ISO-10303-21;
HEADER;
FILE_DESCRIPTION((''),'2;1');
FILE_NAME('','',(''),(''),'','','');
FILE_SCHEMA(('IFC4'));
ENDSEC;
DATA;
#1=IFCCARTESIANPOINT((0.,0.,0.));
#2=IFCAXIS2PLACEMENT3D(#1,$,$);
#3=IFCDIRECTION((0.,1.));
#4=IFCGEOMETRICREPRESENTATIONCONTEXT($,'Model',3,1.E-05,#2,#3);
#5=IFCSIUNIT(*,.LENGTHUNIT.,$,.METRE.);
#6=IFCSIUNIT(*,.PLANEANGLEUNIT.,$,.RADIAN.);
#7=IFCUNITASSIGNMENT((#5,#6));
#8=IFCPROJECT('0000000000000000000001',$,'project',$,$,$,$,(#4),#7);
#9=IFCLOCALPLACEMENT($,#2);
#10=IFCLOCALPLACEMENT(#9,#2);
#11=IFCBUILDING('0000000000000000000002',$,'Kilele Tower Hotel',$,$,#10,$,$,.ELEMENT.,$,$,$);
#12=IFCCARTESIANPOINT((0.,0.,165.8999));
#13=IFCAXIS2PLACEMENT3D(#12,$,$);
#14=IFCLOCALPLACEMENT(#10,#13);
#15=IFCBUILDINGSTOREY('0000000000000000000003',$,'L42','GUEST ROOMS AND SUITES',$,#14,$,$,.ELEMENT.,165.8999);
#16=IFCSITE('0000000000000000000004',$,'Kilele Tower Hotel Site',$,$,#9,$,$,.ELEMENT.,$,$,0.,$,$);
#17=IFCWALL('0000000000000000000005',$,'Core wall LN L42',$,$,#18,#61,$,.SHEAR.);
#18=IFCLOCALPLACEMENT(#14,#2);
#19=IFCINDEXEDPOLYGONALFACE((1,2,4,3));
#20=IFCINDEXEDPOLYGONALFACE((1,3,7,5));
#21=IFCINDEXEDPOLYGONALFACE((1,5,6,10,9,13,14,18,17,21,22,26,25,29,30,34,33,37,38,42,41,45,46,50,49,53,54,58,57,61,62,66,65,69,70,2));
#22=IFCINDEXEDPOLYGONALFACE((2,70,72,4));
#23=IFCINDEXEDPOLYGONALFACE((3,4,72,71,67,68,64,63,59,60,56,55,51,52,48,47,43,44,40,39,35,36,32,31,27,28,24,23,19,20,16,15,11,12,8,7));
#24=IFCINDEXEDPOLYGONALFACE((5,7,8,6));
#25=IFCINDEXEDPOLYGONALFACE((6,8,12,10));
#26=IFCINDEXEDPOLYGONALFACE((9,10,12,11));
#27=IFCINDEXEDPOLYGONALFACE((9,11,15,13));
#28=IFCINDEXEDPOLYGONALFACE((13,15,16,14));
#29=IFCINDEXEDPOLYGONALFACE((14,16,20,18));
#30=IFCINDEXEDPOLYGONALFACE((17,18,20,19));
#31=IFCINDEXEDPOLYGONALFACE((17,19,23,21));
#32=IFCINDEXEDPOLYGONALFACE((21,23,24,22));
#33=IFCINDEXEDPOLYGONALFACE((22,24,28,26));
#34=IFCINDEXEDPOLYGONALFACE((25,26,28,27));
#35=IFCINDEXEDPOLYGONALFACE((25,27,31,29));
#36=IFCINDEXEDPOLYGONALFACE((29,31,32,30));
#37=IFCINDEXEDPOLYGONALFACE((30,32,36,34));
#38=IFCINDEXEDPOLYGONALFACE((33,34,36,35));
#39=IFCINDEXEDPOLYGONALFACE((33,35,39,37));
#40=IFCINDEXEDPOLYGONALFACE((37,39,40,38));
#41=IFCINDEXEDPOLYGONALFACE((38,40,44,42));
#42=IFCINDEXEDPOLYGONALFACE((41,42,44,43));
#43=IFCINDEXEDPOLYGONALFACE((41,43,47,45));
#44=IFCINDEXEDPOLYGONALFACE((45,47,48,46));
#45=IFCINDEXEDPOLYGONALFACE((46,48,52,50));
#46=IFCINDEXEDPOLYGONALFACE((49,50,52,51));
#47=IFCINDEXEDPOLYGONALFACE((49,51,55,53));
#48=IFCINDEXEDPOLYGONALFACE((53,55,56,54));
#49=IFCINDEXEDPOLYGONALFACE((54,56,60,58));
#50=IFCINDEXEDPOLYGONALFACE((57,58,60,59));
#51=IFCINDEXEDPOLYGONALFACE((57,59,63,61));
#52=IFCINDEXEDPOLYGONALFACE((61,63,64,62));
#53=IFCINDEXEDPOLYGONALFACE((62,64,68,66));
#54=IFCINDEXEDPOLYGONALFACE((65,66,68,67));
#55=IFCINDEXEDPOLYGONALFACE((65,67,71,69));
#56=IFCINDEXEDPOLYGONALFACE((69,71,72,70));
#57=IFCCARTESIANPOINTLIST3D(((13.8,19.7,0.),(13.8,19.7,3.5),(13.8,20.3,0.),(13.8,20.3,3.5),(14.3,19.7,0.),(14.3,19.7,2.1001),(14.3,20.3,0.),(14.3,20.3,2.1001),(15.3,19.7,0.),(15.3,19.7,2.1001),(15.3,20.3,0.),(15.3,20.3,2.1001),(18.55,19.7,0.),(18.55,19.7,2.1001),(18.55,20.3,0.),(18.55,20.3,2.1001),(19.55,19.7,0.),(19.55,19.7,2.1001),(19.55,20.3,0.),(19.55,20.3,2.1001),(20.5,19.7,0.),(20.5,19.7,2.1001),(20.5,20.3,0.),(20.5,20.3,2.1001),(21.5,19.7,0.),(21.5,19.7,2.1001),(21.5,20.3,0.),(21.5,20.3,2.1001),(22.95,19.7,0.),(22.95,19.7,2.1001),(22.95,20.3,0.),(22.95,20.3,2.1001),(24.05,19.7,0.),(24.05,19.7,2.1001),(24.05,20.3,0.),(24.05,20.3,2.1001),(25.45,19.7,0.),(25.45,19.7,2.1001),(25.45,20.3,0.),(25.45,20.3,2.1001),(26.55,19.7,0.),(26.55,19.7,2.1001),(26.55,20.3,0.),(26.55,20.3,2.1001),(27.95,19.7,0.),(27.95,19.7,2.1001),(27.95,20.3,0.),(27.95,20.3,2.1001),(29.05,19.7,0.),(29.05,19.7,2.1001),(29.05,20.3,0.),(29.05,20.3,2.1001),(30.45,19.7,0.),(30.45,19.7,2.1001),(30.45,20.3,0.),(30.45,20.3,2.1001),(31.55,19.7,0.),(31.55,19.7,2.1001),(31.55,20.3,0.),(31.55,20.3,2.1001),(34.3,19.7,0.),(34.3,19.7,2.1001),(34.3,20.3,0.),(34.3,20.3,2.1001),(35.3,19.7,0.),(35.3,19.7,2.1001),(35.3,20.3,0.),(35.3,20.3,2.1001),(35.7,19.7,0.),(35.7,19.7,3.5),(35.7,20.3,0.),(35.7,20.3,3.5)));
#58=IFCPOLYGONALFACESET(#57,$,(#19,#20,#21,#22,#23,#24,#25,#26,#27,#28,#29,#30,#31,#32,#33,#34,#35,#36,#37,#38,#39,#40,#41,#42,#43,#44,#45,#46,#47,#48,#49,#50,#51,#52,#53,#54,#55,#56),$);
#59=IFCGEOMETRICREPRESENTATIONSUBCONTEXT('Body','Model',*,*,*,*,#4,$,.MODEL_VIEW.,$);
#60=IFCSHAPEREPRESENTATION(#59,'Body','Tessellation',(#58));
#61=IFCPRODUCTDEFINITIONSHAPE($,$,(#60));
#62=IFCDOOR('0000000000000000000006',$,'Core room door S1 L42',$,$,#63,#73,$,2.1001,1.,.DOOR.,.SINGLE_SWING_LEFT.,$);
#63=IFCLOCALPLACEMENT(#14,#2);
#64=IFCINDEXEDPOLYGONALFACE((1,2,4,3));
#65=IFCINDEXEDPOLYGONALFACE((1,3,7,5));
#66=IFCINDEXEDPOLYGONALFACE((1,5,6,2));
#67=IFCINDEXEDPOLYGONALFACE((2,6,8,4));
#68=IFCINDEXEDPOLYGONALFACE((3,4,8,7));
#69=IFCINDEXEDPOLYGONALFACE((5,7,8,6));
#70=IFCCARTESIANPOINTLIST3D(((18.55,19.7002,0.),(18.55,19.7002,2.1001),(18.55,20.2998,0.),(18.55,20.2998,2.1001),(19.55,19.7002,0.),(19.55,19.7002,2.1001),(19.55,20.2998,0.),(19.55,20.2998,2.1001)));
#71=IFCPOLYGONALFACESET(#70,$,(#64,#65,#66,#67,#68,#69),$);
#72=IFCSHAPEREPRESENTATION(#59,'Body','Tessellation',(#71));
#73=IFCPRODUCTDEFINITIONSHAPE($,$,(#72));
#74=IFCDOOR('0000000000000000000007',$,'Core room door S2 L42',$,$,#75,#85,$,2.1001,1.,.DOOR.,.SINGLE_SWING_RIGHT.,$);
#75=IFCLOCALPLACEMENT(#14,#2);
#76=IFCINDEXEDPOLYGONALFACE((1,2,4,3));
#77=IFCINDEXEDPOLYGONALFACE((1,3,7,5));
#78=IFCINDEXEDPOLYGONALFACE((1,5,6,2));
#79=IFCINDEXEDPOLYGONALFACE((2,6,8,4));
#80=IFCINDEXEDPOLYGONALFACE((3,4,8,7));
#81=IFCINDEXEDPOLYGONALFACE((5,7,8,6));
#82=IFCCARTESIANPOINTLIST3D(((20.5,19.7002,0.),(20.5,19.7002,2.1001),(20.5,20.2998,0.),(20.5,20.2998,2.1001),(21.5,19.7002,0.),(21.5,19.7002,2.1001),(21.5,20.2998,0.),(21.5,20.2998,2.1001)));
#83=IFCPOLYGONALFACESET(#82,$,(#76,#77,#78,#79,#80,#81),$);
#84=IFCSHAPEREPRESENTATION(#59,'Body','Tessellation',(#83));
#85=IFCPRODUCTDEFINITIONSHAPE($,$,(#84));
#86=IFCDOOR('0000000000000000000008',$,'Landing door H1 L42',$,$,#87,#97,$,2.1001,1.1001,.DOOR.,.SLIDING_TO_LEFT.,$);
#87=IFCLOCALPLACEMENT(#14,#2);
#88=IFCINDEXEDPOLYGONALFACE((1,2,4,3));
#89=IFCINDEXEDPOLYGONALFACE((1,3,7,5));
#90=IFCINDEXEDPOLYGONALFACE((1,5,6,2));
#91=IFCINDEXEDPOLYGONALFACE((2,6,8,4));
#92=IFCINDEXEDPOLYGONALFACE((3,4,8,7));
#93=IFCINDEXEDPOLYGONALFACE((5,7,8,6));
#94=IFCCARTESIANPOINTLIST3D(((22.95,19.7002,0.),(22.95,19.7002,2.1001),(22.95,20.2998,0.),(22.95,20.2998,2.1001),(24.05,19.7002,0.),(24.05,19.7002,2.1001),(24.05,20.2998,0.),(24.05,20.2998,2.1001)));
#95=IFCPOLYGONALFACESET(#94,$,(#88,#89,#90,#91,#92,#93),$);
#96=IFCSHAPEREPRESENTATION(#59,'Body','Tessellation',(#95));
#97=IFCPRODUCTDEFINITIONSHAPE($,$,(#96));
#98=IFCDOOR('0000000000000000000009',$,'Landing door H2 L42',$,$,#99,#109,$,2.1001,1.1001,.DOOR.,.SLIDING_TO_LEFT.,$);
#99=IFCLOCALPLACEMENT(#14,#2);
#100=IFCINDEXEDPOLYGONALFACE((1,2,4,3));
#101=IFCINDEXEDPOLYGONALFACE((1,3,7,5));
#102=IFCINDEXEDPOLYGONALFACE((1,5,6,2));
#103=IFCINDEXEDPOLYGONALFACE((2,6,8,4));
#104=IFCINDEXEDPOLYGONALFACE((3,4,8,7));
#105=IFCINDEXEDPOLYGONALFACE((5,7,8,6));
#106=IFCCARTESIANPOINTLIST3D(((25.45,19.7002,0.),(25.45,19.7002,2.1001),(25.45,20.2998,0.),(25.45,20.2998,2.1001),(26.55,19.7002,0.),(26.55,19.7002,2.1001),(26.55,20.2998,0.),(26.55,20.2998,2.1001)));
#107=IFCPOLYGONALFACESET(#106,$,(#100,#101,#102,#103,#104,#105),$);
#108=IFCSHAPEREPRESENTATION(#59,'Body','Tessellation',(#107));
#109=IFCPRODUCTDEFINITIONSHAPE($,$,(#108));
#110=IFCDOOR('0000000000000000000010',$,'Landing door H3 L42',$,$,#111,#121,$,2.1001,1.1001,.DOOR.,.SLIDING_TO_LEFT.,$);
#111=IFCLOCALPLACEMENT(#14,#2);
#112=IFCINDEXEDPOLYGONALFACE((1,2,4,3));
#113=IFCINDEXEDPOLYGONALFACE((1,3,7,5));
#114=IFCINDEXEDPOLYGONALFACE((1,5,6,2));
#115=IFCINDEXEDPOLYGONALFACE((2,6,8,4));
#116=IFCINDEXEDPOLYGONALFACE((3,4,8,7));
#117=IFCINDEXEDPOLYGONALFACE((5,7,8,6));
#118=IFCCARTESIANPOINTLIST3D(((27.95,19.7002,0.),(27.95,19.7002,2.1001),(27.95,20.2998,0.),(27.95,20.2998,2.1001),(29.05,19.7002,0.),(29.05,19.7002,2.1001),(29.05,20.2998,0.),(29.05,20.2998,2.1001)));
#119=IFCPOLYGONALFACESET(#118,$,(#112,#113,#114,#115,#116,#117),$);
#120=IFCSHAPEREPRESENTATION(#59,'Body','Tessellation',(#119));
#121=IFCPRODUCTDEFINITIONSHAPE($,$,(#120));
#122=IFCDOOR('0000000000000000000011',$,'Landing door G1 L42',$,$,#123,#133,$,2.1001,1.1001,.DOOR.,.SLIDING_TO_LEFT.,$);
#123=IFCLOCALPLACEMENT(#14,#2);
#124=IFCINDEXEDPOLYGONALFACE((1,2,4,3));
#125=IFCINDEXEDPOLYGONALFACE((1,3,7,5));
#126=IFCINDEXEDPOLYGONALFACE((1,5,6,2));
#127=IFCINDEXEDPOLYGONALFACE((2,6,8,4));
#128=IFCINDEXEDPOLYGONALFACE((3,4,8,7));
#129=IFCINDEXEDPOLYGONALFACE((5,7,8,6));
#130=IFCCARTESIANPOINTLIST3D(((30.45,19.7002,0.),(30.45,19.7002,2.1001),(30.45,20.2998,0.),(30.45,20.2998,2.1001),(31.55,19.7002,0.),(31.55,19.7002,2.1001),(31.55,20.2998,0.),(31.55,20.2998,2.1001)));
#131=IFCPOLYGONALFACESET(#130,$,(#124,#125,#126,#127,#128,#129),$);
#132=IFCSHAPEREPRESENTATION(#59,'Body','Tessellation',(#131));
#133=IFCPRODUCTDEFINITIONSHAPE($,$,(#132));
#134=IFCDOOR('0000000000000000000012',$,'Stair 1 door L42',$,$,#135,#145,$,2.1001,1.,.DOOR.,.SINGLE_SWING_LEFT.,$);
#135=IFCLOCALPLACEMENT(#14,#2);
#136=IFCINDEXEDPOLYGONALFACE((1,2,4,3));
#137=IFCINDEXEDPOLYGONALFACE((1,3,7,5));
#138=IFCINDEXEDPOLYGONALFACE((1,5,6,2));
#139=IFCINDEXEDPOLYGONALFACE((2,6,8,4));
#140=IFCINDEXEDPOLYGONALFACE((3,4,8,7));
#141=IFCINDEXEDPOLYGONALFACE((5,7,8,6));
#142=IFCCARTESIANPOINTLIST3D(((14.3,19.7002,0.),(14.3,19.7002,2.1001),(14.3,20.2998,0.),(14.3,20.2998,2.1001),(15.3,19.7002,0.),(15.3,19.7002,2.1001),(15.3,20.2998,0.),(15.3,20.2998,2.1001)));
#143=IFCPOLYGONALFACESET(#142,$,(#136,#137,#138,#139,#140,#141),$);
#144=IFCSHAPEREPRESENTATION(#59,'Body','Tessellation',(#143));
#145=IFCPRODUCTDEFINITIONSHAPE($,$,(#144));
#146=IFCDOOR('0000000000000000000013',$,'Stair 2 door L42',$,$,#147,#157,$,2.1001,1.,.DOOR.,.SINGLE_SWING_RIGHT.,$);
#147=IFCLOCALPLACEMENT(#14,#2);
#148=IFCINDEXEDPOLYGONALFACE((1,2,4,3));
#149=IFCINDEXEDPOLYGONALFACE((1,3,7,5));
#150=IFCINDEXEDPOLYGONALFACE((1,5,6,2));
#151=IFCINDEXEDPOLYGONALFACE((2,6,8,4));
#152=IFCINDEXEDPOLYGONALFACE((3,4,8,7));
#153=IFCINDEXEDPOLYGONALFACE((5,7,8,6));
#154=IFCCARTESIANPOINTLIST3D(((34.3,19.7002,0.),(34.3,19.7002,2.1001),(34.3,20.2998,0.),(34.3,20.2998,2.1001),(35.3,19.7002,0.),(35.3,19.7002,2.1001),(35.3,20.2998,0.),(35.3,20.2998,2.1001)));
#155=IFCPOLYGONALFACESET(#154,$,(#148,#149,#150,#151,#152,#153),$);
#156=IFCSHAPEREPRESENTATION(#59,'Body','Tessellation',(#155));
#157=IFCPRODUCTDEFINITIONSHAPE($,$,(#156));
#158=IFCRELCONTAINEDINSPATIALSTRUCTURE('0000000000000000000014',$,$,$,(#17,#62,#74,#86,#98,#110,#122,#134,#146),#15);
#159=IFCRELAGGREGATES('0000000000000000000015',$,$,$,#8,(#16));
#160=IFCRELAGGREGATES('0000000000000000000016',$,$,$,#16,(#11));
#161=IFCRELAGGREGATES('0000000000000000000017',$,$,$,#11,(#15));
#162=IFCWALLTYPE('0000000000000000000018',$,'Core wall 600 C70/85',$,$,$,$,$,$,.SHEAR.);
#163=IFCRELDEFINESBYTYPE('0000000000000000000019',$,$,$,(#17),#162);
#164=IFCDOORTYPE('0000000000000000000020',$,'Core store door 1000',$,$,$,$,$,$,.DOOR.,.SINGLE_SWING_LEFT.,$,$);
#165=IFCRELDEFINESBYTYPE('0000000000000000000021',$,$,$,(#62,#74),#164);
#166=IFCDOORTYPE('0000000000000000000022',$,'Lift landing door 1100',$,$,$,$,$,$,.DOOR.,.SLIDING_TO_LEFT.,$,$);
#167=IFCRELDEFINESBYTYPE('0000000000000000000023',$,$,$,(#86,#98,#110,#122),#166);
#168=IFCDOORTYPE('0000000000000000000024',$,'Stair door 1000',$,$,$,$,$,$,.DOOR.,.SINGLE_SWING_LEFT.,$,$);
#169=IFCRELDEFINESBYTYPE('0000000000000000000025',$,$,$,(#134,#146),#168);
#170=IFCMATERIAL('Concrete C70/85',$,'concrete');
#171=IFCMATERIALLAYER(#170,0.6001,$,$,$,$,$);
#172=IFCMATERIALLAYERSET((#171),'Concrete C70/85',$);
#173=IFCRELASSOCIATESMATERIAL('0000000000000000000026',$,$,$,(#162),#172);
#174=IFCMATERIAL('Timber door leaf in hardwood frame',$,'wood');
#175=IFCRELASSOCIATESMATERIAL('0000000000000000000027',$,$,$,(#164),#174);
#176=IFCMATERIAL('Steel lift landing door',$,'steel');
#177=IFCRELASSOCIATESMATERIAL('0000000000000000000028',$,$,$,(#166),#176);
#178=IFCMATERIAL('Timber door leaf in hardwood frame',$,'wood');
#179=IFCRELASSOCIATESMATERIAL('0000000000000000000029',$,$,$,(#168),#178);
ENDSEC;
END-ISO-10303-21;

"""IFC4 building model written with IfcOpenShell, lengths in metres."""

from ifc_helpers import new_model, si_unit, direction, frame, frame_2d, origin, place, context, subcontext, project, spatial, rectangle, extrude, material, layer, layer_set, type_object, element, fill, save


model = new_model("IFC4")

# Units and contexts
model_context = context("Model", 3, precision=1e-05, world=origin(), true_north=direction((0.0, 1.0)))
body_context = subcontext(model_context, "Body", "Model", "MODEL_VIEW")
ifc_project = project(units=[si_unit("LENGTHUNIT", "METRE"), si_unit("PLANEANGLEUNIT", "RADIAN")], contexts=[model_context])

# Site, building, storey
site_placement = place(None, origin())
site = spatial("IfcSite", under=ifc_project, at=site_placement, Name="Kilele Tower Hotel Site", CompositionType="ELEMENT", RefElevation=0.0)
building_placement = place(site_placement, origin())
building = spatial("IfcBuilding", under=site, at=building_placement, Name="Kilele Tower Hotel", CompositionType="ELEMENT")
storey_placement = place(building_placement, frame((0.0, 0.0, 165.8999)))
storey = spatial("IfcBuildingStorey", under=building, at=storey_placement, Name="L42", Description="GUEST ROOMS AND SUITES", CompositionType="ELEMENT", Elevation=165.8999)

# Shared definitions
ifc_material_1 = material(Name="Concrete C70/85", Category="concrete")
ifc_layer_1 = layer(ifc_material_1, 0.6001)
ifc_layer_set_1 = layer_set([ifc_layer_1], Name="Concrete C70/85")
wall_type_1 = type_object("IfcWallType", Name="Core wall 600 C70/85", PredefinedType="SHEAR", material=ifc_layer_set_1)

# Wall, openings, doors
ifc_material_2 = material(Name="Timber door leaf in hardwood frame", Category="wood")
door_type_1 = type_object("IfcDoorType", Name="Core store door 1000", OperationType="SINGLE_SWING_LEFT", PredefinedType="DOOR", material=ifc_material_2)
wall_1_placement = place(storey_placement, frame((13.8, 20.0, 0.0), z_axis=(0.0, 0.0, 1.0), x_axis=(1.0, 0.0, 0.0)))
wall_1 = element("IfcWall", 1, at=wall_1_placement, inside=storey, type_object=wall_type_1, Name="Core wall LN L42", PredefinedType="SHEAR", context=body_context, shape_type="SweptSolid", body=[
    extrude(rectangle(XDim=21.8999, YDim=0.6001, at=frame_2d((10.95, 0.0))), origin(), (0.0, 0.0, 1.0), 3.5),
])
opening_1_placement = place(wall_1_placement, frame((0.5, 0.0, 0.0)))
opening_1 = element("IfcOpeningElement", 2, at=opening_1_placement, cuts=wall_1, PredefinedType="OPENING", context=body_context, shape_type="SweptSolid", body=[
    extrude(rectangle(XDim=1.0, YDim=2.1001, at=frame_2d((0.5, 1.05))), frame((0.0, 0.3101, 0.0), z_axis=(0.0, -1.0, 0.0), x_axis=(1.0, 0.0, 0.0)), (0.0, 0.0, 1.0), 0.6201),
])
opening_2_placement = place(wall_1_placement, frame((20.5, 0.0, 0.0)))
opening_2 = element("IfcOpeningElement", 3, at=opening_2_placement, cuts=wall_1, PredefinedType="OPENING", context=body_context, shape_type="SweptSolid", body=[
    extrude(rectangle(XDim=1.0, YDim=2.1001, at=frame_2d((0.5, 1.05))), frame((0.0, 0.3101, 0.0), z_axis=(0.0, -1.0, 0.0), x_axis=(1.0, 0.0, 0.0)), (0.0, 0.0, 1.0), 0.6201),
])
opening_3_placement = place(wall_1_placement, frame((9.1499, 0.0, 0.0)))
opening_3 = element("IfcOpeningElement", 4, at=opening_3_placement, cuts=wall_1, PredefinedType="OPENING", context=body_context, shape_type="SweptSolid", body=[
    extrude(rectangle(XDim=1.1001, YDim=2.1001, at=frame_2d((0.55, 1.05))), frame((0.0, 0.3101, 0.0), z_axis=(0.0, -1.0, 0.0), x_axis=(1.0, 0.0, 0.0)), (0.0, 0.0, 1.0), 0.6201),
])
opening_4_placement = place(wall_1_placement, frame((11.6499, 0.0, 0.0)))
opening_4 = element("IfcOpeningElement", 5, at=opening_4_placement, cuts=wall_1, PredefinedType="OPENING", context=body_context, shape_type="SweptSolid", body=[
    extrude(rectangle(XDim=1.1001, YDim=2.1001, at=frame_2d((0.55, 1.05))), frame((0.0, 0.3101, 0.0), z_axis=(0.0, -1.0, 0.0), x_axis=(1.0, 0.0, 0.0)), (0.0, 0.0, 1.0), 0.6201),
])
opening_5_placement = place(wall_1_placement, frame((14.1499, 0.0, 0.0)))
opening_5 = element("IfcOpeningElement", 6, at=opening_5_placement, cuts=wall_1, PredefinedType="OPENING", context=body_context, shape_type="SweptSolid", body=[
    extrude(rectangle(XDim=1.1001, YDim=2.1001, at=frame_2d((0.55, 1.05))), frame((0.0, 0.3101, 0.0), z_axis=(0.0, -1.0, 0.0), x_axis=(1.0, 0.0, 0.0)), (0.0, 0.0, 1.0), 0.6201),
])
opening_6_placement = place(wall_1_placement, frame((16.6499, 0.0, 0.0)))
opening_6 = element("IfcOpeningElement", 7, at=opening_6_placement, cuts=wall_1, PredefinedType="OPENING", context=body_context, shape_type="SweptSolid", body=[
    extrude(rectangle(XDim=1.1001, YDim=2.1001, at=frame_2d((0.55, 1.05))), frame((0.0, 0.3101, 0.0), z_axis=(0.0, -1.0, 0.0), x_axis=(1.0, 0.0, 0.0)), (0.0, 0.0, 1.0), 0.6201),
])
opening_7_placement = place(wall_1_placement, frame((4.75, 0.0, 0.0)))
opening_7 = element("IfcOpeningElement", 8, at=opening_7_placement, cuts=wall_1, PredefinedType="OPENING", context=body_context, shape_type="SweptSolid", body=[
    extrude(rectangle(XDim=1.0, YDim=2.1001, at=frame_2d((0.5, 1.05))), frame((0.0, 0.3101, 0.0), z_axis=(0.0, -1.0, 0.0), x_axis=(1.0, 0.0, 0.0)), (0.0, 0.0, 1.0), 0.6201),
])
opening_8_placement = place(wall_1_placement, frame((6.7, 0.0, 0.0)))
opening_8 = element("IfcOpeningElement", 9, at=opening_8_placement, cuts=wall_1, PredefinedType="OPENING", context=body_context, shape_type="SweptSolid", body=[
    extrude(rectangle(XDim=1.0, YDim=2.1001, at=frame_2d((0.5, 1.05))), frame((0.0, 0.3101, 0.0), z_axis=(0.0, -1.0, 0.0), x_axis=(1.0, 0.0, 0.0)), (0.0, 0.0, 1.0), 0.6201),
])
door_1_placement = place(opening_7_placement, origin())
door_1 = element("IfcDoor", 10, at=door_1_placement, inside=storey, type_object=door_type_1, Name="Core room door S1 L42", OperationType="SINGLE_SWING_LEFT", OverallHeight=2.1001, OverallWidth=1.0, PredefinedType="DOOR", context=body_context, shape_type="SweptSolid", body=[
    extrude(rectangle(XDim=1.0, YDim=2.1001, at=frame_2d((0.5, 1.05))), frame((0.0, 0.2998, 0.0), z_axis=(0.0, -1.0, 0.0), x_axis=(1.0, 0.0, 0.0)), (0.0, 0.0, 1.0), 0.5996),
])
fill(opening_7, door_1)
door_2_placement = place(opening_8_placement, origin())
door_2 = element("IfcDoor", 11, at=door_2_placement, inside=storey, type_object=door_type_1, Name="Core room door S2 L42", OperationType="SINGLE_SWING_RIGHT", OverallHeight=2.1001, OverallWidth=1.0, PredefinedType="DOOR", context=body_context, shape_type="SweptSolid", body=[
    extrude(rectangle(XDim=1.0, YDim=2.1001, at=frame_2d((0.5, 1.05))), frame((0.0, 0.2998, 0.0), z_axis=(0.0, -1.0, 0.0), x_axis=(1.0, 0.0, 0.0)), (0.0, 0.0, 1.0), 0.5996),
])
fill(opening_8, door_2)
ifc_material_3 = material(Name="Steel lift landing door", Category="steel")
door_type_2 = type_object("IfcDoorType", Name="Lift landing door 1100", OperationType="SLIDING_TO_LEFT", PredefinedType="DOOR", material=ifc_material_3)
door_3_placement = place(opening_3_placement, origin())
door_3 = element("IfcDoor", 12, at=door_3_placement, inside=storey, type_object=door_type_2, Name="Landing door H1 L42", OperationType="SLIDING_TO_LEFT", OverallHeight=2.1001, OverallWidth=1.1001, PredefinedType="DOOR", context=body_context, shape_type="SweptSolid", body=[
    extrude(rectangle(XDim=1.1001, YDim=2.1001, at=frame_2d((0.55, 1.05))), frame((0.0, 0.2998, 0.0), z_axis=(0.0, -1.0, 0.0), x_axis=(1.0, 0.0, 0.0)), (0.0, 0.0, 1.0), 0.5996),
])
fill(opening_3, door_3)
door_4_placement = place(opening_4_placement, origin())
door_4 = element("IfcDoor", 13, at=door_4_placement, inside=storey, type_object=door_type_2, Name="Landing door H2 L42", OperationType="SLIDING_TO_LEFT", OverallHeight=2.1001, OverallWidth=1.1001, PredefinedType="DOOR", context=body_context, shape_type="SweptSolid", body=[
    extrude(rectangle(XDim=1.1001, YDim=2.1001, at=frame_2d((0.55, 1.05))), frame((0.0, 0.2998, 0.0), z_axis=(0.0, -1.0, 0.0), x_axis=(1.0, 0.0, 0.0)), (0.0, 0.0, 1.0), 0.5996),
])
fill(opening_4, door_4)
door_5_placement = place(opening_5_placement, origin())
door_5 = element("IfcDoor", 14, at=door_5_placement, inside=storey, type_object=door_type_2, Name="Landing door H3 L42", OperationType="SLIDING_TO_LEFT", OverallHeight=2.1001, OverallWidth=1.1001, PredefinedType="DOOR", context=body_context, shape_type="SweptSolid", body=[
    extrude(rectangle(XDim=1.1001, YDim=2.1001, at=frame_2d((0.55, 1.05))), frame((0.0, 0.2998, 0.0), z_axis=(0.0, -1.0, 0.0), x_axis=(1.0, 0.0, 0.0)), (0.0, 0.0, 1.0), 0.5996),
])
fill(opening_5, door_5)
door_6_placement = place(opening_6_placement, origin())
door_6 = element("IfcDoor", 15, at=door_6_placement, inside=storey, type_object=door_type_2, Name="Landing door G1 L42", OperationType="SLIDING_TO_LEFT", OverallHeight=2.1001, OverallWidth=1.1001, PredefinedType="DOOR", context=body_context, shape_type="SweptSolid", body=[
    extrude(rectangle(XDim=1.1001, YDim=2.1001, at=frame_2d((0.55, 1.05))), frame((0.0, 0.2998, 0.0), z_axis=(0.0, -1.0, 0.0), x_axis=(1.0, 0.0, 0.0)), (0.0, 0.0, 1.0), 0.5996),
])
fill(opening_6, door_6)
ifc_material_4 = material(Name="Timber door leaf in hardwood frame", Category="wood")
door_type_3 = type_object("IfcDoorType", Name="Stair door 1000", OperationType="SINGLE_SWING_LEFT", PredefinedType="DOOR", material=ifc_material_4)
door_7_placement = place(opening_1_placement, origin())
door_7 = element("IfcDoor", 16, at=door_7_placement, inside=storey, type_object=door_type_3, Name="Stair 1 door L42", OperationType="SINGLE_SWING_LEFT", OverallHeight=2.1001, OverallWidth=1.0, PredefinedType="DOOR", context=body_context, shape_type="SweptSolid", body=[
    extrude(rectangle(XDim=1.0, YDim=2.1001, at=frame_2d((0.5, 1.05))), frame((0.0, 0.2998, 0.0), z_axis=(0.0, -1.0, 0.0), x_axis=(1.0, 0.0, 0.0)), (0.0, 0.0, 1.0), 0.5996),
])
fill(opening_1, door_7)
door_8_placement = place(opening_2_placement, origin())
door_8 = element("IfcDoor", 17, at=door_8_placement, inside=storey, type_object=door_type_3, Name="Stair 2 door L42", OperationType="SINGLE_SWING_RIGHT", OverallHeight=2.1001, OverallWidth=1.0, PredefinedType="DOOR", context=body_context, shape_type="SweptSolid", body=[
    extrude(rectangle(XDim=1.0, YDim=2.1001, at=frame_2d((0.5, 1.05))), frame((0.0, 0.2998, 0.0), z_axis=(0.0, -1.0, 0.0), x_axis=(1.0, 0.0, 0.0)), (0.0, 0.0, 1.0), 0.5996),
])
fill(opening_2, door_8)

save(model, "model.ifc")
